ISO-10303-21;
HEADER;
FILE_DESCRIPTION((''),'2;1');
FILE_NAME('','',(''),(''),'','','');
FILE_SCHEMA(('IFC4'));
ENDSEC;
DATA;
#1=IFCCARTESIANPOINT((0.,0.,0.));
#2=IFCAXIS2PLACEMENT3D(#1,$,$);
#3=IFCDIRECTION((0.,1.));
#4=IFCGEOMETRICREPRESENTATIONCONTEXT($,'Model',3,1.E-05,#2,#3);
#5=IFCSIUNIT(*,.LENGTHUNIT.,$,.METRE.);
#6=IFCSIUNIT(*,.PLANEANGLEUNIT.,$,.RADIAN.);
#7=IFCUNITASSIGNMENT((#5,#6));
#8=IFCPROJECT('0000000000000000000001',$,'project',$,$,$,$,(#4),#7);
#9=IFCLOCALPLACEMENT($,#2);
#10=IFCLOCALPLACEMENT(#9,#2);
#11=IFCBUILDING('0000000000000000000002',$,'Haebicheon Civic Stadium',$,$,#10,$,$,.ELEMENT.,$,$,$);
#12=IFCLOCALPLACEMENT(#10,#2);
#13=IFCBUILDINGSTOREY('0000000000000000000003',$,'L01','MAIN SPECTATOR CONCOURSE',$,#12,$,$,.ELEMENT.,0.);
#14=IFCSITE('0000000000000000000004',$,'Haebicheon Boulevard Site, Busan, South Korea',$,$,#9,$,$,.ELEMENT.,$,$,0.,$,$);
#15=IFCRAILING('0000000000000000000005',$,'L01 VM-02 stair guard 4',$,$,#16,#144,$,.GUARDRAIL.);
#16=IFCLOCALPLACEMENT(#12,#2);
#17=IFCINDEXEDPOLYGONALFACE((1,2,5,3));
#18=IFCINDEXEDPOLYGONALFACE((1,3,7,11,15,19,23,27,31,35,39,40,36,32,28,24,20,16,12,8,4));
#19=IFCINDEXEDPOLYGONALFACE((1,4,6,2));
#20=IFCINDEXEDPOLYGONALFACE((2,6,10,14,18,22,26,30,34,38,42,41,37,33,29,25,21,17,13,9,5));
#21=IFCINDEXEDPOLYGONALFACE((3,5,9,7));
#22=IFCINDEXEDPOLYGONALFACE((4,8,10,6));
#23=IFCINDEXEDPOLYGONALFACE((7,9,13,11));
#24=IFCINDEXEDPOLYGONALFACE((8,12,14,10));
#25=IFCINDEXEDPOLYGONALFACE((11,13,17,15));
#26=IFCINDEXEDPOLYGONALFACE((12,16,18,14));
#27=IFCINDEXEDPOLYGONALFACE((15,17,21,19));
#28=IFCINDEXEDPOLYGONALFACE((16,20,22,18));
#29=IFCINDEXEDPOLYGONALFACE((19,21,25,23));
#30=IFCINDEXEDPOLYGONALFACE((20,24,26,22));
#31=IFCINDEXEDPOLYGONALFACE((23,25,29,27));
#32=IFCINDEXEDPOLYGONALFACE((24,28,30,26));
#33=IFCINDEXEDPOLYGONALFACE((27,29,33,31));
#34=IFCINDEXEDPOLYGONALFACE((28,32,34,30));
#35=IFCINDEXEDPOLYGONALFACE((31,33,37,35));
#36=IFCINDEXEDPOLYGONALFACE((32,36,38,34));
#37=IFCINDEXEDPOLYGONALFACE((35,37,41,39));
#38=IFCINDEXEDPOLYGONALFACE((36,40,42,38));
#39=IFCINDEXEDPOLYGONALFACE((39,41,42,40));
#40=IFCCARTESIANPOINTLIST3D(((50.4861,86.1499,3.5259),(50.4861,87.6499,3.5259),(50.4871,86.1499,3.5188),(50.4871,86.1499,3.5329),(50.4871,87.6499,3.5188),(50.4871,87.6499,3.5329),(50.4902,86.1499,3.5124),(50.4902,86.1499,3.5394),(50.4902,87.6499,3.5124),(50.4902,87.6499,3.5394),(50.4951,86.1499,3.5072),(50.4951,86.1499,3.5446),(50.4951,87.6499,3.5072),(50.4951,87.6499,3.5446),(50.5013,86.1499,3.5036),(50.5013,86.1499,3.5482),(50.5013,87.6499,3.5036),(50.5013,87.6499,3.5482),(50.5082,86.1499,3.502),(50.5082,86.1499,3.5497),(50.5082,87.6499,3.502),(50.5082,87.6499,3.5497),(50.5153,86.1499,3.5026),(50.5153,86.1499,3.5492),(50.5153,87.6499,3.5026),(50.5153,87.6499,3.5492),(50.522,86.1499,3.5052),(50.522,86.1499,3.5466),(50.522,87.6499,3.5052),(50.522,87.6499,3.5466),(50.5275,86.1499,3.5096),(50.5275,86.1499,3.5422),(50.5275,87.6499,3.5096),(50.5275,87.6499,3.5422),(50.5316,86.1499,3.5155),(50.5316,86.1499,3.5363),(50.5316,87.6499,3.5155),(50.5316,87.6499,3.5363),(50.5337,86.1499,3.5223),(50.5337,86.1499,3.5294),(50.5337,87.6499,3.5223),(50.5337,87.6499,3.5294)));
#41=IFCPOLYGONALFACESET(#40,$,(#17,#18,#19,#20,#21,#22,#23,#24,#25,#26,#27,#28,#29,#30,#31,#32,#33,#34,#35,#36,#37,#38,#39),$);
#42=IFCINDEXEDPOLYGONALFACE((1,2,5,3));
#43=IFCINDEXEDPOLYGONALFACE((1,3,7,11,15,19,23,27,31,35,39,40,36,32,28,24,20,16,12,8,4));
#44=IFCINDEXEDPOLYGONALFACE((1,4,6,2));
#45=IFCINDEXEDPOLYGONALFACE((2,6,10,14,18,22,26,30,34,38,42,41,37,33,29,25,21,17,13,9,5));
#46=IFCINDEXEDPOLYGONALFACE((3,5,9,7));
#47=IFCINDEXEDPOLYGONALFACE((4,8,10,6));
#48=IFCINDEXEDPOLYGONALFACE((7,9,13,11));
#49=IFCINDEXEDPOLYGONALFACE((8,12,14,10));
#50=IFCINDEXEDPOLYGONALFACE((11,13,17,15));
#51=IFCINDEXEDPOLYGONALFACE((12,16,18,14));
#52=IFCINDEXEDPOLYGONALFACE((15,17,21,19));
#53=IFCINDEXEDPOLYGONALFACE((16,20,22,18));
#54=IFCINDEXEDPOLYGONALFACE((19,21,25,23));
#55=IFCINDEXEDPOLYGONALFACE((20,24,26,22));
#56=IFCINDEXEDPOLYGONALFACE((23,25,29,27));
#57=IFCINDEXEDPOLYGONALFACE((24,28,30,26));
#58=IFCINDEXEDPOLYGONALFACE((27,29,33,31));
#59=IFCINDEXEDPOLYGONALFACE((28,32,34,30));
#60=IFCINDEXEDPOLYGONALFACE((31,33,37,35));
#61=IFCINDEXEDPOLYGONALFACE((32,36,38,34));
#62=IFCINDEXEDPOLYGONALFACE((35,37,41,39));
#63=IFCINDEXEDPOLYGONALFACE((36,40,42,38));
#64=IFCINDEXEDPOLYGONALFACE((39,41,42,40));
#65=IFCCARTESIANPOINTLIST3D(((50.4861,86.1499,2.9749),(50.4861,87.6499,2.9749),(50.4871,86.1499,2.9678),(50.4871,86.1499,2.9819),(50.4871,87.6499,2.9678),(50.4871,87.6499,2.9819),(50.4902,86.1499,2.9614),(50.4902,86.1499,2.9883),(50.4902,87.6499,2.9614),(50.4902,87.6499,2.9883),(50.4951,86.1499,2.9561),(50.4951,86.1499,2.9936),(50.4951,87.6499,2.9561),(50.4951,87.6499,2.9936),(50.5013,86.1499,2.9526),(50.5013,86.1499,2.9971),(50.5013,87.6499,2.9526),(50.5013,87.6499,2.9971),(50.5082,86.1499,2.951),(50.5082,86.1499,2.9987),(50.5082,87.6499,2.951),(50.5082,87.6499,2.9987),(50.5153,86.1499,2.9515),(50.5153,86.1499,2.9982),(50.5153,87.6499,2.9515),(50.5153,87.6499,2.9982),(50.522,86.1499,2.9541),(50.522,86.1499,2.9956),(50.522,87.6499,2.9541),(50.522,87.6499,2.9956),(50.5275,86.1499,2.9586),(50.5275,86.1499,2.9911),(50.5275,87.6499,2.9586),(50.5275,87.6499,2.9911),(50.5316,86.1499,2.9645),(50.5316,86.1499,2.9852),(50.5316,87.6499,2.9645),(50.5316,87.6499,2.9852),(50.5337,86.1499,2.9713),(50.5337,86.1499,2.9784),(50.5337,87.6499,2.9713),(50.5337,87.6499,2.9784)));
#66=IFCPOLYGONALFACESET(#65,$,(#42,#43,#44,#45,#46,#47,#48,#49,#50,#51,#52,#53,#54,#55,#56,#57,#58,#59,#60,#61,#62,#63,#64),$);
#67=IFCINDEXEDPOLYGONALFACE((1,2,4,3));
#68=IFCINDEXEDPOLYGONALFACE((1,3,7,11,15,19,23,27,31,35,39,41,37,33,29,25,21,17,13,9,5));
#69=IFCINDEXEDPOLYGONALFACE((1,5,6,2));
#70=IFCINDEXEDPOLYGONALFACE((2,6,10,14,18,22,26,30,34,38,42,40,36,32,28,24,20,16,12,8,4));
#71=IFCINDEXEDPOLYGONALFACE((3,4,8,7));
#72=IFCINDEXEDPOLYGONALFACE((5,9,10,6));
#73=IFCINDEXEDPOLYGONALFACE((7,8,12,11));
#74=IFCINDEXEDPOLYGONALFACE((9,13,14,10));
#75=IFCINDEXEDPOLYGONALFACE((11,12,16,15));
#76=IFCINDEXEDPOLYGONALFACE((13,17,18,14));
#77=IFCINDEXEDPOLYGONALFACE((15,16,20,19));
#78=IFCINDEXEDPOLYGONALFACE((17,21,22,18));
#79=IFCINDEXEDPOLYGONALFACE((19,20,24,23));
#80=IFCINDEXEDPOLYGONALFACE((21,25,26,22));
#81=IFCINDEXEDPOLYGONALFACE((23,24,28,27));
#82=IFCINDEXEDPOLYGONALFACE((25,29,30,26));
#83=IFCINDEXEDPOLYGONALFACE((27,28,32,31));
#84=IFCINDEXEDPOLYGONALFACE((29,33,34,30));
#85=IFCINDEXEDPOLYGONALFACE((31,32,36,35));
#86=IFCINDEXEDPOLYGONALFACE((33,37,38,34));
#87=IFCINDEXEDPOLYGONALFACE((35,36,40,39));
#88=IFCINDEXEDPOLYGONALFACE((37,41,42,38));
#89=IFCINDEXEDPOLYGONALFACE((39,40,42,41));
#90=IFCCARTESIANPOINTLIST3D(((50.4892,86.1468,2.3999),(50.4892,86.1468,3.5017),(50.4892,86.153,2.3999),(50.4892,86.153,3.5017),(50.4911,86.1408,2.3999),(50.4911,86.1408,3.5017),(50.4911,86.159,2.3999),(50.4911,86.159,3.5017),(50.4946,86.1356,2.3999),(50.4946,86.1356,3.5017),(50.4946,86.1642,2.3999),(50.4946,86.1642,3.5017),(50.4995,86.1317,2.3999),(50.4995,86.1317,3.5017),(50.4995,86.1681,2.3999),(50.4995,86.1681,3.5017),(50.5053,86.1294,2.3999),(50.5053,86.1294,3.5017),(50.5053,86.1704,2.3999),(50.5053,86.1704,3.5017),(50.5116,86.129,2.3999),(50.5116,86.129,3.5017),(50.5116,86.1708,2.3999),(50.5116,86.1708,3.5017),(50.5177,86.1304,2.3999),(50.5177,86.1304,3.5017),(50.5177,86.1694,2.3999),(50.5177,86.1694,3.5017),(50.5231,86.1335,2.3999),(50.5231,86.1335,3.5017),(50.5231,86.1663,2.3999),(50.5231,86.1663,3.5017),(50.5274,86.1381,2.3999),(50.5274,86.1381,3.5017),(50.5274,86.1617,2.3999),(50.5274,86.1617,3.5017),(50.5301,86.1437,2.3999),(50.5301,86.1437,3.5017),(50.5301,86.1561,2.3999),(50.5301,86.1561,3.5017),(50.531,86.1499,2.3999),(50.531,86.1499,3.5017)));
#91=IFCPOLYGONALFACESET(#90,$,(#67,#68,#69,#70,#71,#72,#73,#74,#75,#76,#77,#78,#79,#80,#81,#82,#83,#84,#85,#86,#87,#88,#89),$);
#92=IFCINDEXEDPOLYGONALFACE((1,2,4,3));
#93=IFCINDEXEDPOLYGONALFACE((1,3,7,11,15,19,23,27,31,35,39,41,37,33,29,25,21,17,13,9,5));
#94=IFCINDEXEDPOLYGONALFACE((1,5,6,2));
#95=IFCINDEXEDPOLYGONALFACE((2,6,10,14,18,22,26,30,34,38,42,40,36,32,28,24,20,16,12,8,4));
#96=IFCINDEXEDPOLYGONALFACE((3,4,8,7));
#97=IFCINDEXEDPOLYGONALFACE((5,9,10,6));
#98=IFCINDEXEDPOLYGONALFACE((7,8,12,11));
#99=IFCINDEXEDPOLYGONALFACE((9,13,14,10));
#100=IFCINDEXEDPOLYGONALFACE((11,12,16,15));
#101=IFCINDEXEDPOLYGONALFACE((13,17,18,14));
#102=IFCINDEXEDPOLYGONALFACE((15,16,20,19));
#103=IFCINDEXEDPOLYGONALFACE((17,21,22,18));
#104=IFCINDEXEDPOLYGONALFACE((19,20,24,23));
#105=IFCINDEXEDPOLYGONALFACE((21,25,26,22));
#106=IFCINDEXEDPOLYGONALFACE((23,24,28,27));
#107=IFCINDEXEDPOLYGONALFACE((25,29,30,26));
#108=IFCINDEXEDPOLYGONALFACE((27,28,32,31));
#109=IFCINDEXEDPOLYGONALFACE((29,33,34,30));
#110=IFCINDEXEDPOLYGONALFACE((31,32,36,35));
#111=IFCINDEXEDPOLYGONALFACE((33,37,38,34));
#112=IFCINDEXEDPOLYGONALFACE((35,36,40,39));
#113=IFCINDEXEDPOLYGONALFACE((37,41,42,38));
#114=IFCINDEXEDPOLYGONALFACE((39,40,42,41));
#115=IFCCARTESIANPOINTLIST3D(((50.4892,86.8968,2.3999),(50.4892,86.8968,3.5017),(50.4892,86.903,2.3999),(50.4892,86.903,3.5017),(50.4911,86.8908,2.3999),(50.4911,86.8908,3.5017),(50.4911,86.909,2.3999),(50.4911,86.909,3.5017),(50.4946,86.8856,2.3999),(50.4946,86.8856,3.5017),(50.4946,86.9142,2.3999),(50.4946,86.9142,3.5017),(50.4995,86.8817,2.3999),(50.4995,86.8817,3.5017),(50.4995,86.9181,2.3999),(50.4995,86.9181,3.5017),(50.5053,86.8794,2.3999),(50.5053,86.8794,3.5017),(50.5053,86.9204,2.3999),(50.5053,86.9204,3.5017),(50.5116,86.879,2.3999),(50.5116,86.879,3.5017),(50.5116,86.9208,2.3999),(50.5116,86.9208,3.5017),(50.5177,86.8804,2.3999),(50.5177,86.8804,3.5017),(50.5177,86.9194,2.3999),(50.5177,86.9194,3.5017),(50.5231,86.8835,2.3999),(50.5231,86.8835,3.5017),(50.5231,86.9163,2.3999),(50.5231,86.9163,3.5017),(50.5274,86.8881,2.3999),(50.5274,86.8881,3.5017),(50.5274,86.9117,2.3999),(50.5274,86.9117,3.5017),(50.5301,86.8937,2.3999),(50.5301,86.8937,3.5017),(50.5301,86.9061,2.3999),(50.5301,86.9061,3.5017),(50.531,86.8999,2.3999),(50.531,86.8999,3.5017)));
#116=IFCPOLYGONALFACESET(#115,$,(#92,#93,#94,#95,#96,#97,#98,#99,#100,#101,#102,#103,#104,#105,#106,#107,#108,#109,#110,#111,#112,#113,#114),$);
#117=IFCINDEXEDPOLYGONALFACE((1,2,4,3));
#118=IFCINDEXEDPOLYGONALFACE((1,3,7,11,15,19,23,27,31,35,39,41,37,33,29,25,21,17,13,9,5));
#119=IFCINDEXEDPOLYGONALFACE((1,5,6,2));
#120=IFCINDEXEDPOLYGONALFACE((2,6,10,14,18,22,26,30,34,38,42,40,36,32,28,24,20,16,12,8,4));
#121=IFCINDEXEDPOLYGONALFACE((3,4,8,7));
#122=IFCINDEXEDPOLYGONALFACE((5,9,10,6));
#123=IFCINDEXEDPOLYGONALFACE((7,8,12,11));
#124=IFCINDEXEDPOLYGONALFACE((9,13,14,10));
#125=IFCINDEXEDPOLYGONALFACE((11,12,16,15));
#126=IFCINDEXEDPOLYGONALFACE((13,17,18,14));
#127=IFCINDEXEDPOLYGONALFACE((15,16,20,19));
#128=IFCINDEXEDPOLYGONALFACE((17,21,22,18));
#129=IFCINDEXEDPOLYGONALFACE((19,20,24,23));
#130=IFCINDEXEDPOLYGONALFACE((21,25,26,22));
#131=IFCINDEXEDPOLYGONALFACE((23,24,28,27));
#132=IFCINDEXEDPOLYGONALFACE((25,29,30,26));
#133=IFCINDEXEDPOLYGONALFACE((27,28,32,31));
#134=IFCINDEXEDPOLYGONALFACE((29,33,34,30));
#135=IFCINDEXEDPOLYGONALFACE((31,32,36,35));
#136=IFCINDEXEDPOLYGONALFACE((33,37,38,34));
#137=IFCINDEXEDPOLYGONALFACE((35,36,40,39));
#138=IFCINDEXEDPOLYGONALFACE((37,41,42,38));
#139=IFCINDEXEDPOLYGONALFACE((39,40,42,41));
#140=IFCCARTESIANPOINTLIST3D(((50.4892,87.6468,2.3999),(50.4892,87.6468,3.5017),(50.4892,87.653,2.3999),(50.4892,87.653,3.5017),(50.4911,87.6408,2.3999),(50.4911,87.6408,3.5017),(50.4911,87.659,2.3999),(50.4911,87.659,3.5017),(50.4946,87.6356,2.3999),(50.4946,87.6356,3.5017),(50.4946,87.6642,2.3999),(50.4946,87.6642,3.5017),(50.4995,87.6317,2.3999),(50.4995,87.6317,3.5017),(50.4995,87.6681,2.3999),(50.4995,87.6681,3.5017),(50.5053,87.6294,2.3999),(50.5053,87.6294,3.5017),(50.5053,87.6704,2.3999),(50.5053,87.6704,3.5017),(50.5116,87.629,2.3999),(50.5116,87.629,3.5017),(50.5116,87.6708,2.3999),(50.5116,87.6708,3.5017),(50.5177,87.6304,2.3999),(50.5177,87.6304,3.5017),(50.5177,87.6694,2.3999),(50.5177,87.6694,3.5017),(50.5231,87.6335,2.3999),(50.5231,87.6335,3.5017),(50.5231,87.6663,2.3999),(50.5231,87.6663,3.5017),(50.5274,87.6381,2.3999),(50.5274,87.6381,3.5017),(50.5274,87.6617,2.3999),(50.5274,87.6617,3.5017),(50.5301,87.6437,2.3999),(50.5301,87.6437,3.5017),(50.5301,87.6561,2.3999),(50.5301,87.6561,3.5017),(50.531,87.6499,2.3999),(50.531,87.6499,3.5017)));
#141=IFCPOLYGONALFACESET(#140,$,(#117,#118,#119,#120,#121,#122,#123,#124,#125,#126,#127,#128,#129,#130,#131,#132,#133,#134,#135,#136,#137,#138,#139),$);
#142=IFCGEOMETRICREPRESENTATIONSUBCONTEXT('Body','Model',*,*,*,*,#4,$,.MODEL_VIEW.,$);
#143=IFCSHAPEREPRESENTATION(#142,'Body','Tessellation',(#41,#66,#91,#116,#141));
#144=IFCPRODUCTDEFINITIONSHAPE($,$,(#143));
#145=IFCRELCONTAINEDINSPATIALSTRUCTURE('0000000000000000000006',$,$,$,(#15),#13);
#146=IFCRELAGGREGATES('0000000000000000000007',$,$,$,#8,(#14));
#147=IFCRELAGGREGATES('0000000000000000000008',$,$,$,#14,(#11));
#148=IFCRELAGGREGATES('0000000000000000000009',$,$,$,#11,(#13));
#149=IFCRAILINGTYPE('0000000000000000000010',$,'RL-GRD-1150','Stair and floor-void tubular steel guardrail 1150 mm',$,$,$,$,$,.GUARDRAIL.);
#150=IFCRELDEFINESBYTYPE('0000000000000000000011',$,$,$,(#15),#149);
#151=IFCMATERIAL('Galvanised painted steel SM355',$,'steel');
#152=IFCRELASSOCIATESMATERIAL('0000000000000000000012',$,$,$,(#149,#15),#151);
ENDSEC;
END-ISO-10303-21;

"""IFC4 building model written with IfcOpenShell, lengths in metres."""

from ifc_helpers import new_model, si_unit, direction, frame, origin, origin_2d, place, context, subcontext, project, spatial, circle, extrude, material, type_object, element, save


model = new_model("IFC4")

# Units and contexts
model_context = context("Model", 3, precision=1e-05, world=origin(), true_north=direction((0.0, 1.0)))
body_context = subcontext(model_context, "Body", "Model", "MODEL_VIEW")
ifc_project = project(units=[si_unit("LENGTHUNIT", "METRE"), si_unit("PLANEANGLEUNIT", "RADIAN")], contexts=[model_context])

# Site, building, storey
site_placement = place(None, origin())
site = spatial("IfcSite", under=ifc_project, at=site_placement, Name="Haebicheon Boulevard Site, Busan, South Korea", CompositionType="ELEMENT", RefElevation=0.0)
building_placement = place(site_placement, origin())
building = spatial("IfcBuilding", under=site, at=building_placement, Name="Haebicheon Civic Stadium", CompositionType="ELEMENT")
storey_placement = place(building_placement, origin())
storey = spatial("IfcBuildingStorey", under=building, at=storey_placement, Name="L01", Description="MAIN SPECTATOR CONCOURSE", CompositionType="ELEMENT", Elevation=0.0)

# Railing
ifc_material_1 = material(Name="Galvanised painted steel SM355", Category="steel")
railing_type = type_object("IfcRailingType", Name="RL-GRD-1150", Description="Stair and floor-void tubular steel guardrail 1150 mm", PredefinedType="GUARDRAIL", material=ifc_material_1)
railing_placement = place(storey_placement, frame((50.51, 86.1499, 2.3999)))
element("IfcRailing", 1, at=railing_placement, inside=storey, type_object=railing_type, material=ifc_material_1, Name="L01 VM-02 stair guard 4", PredefinedType="GUARDRAIL", context=body_context, shape_type="SweptSolid", body=[
    extrude(circle(Radius=0.0239, at=origin_2d()), frame((0.0, 0.0, 1.126), z_axis=(0.0, 1.0, 0.0), x_axis=(-1.0, 0.0, 0.0)), (0.0, 0.0, 1.0), 1.5),
    extrude(circle(Radius=0.0239, at=origin_2d()), frame((0.0, 0.0, 0.575), z_axis=(0.0, 1.0, 0.0), x_axis=(-1.0, 0.0, 0.0)), (0.0, 0.0, 1.0), 1.5),
    extrude(circle(Radius=0.021, at=origin_2d()), origin(), (0.0, 0.0, 1.0), 1.1018),
    extrude(circle(Radius=0.021, at=origin_2d()), frame((0.0, 0.75, 0.0)), (0.0, 0.0, 1.0), 1.1018),
    extrude(circle(Radius=0.021, at=origin_2d()), frame((0.0, 1.5, 0.0)), (0.0, 0.0, 1.0), 1.1018),
])

save(model, "model.ifc")
